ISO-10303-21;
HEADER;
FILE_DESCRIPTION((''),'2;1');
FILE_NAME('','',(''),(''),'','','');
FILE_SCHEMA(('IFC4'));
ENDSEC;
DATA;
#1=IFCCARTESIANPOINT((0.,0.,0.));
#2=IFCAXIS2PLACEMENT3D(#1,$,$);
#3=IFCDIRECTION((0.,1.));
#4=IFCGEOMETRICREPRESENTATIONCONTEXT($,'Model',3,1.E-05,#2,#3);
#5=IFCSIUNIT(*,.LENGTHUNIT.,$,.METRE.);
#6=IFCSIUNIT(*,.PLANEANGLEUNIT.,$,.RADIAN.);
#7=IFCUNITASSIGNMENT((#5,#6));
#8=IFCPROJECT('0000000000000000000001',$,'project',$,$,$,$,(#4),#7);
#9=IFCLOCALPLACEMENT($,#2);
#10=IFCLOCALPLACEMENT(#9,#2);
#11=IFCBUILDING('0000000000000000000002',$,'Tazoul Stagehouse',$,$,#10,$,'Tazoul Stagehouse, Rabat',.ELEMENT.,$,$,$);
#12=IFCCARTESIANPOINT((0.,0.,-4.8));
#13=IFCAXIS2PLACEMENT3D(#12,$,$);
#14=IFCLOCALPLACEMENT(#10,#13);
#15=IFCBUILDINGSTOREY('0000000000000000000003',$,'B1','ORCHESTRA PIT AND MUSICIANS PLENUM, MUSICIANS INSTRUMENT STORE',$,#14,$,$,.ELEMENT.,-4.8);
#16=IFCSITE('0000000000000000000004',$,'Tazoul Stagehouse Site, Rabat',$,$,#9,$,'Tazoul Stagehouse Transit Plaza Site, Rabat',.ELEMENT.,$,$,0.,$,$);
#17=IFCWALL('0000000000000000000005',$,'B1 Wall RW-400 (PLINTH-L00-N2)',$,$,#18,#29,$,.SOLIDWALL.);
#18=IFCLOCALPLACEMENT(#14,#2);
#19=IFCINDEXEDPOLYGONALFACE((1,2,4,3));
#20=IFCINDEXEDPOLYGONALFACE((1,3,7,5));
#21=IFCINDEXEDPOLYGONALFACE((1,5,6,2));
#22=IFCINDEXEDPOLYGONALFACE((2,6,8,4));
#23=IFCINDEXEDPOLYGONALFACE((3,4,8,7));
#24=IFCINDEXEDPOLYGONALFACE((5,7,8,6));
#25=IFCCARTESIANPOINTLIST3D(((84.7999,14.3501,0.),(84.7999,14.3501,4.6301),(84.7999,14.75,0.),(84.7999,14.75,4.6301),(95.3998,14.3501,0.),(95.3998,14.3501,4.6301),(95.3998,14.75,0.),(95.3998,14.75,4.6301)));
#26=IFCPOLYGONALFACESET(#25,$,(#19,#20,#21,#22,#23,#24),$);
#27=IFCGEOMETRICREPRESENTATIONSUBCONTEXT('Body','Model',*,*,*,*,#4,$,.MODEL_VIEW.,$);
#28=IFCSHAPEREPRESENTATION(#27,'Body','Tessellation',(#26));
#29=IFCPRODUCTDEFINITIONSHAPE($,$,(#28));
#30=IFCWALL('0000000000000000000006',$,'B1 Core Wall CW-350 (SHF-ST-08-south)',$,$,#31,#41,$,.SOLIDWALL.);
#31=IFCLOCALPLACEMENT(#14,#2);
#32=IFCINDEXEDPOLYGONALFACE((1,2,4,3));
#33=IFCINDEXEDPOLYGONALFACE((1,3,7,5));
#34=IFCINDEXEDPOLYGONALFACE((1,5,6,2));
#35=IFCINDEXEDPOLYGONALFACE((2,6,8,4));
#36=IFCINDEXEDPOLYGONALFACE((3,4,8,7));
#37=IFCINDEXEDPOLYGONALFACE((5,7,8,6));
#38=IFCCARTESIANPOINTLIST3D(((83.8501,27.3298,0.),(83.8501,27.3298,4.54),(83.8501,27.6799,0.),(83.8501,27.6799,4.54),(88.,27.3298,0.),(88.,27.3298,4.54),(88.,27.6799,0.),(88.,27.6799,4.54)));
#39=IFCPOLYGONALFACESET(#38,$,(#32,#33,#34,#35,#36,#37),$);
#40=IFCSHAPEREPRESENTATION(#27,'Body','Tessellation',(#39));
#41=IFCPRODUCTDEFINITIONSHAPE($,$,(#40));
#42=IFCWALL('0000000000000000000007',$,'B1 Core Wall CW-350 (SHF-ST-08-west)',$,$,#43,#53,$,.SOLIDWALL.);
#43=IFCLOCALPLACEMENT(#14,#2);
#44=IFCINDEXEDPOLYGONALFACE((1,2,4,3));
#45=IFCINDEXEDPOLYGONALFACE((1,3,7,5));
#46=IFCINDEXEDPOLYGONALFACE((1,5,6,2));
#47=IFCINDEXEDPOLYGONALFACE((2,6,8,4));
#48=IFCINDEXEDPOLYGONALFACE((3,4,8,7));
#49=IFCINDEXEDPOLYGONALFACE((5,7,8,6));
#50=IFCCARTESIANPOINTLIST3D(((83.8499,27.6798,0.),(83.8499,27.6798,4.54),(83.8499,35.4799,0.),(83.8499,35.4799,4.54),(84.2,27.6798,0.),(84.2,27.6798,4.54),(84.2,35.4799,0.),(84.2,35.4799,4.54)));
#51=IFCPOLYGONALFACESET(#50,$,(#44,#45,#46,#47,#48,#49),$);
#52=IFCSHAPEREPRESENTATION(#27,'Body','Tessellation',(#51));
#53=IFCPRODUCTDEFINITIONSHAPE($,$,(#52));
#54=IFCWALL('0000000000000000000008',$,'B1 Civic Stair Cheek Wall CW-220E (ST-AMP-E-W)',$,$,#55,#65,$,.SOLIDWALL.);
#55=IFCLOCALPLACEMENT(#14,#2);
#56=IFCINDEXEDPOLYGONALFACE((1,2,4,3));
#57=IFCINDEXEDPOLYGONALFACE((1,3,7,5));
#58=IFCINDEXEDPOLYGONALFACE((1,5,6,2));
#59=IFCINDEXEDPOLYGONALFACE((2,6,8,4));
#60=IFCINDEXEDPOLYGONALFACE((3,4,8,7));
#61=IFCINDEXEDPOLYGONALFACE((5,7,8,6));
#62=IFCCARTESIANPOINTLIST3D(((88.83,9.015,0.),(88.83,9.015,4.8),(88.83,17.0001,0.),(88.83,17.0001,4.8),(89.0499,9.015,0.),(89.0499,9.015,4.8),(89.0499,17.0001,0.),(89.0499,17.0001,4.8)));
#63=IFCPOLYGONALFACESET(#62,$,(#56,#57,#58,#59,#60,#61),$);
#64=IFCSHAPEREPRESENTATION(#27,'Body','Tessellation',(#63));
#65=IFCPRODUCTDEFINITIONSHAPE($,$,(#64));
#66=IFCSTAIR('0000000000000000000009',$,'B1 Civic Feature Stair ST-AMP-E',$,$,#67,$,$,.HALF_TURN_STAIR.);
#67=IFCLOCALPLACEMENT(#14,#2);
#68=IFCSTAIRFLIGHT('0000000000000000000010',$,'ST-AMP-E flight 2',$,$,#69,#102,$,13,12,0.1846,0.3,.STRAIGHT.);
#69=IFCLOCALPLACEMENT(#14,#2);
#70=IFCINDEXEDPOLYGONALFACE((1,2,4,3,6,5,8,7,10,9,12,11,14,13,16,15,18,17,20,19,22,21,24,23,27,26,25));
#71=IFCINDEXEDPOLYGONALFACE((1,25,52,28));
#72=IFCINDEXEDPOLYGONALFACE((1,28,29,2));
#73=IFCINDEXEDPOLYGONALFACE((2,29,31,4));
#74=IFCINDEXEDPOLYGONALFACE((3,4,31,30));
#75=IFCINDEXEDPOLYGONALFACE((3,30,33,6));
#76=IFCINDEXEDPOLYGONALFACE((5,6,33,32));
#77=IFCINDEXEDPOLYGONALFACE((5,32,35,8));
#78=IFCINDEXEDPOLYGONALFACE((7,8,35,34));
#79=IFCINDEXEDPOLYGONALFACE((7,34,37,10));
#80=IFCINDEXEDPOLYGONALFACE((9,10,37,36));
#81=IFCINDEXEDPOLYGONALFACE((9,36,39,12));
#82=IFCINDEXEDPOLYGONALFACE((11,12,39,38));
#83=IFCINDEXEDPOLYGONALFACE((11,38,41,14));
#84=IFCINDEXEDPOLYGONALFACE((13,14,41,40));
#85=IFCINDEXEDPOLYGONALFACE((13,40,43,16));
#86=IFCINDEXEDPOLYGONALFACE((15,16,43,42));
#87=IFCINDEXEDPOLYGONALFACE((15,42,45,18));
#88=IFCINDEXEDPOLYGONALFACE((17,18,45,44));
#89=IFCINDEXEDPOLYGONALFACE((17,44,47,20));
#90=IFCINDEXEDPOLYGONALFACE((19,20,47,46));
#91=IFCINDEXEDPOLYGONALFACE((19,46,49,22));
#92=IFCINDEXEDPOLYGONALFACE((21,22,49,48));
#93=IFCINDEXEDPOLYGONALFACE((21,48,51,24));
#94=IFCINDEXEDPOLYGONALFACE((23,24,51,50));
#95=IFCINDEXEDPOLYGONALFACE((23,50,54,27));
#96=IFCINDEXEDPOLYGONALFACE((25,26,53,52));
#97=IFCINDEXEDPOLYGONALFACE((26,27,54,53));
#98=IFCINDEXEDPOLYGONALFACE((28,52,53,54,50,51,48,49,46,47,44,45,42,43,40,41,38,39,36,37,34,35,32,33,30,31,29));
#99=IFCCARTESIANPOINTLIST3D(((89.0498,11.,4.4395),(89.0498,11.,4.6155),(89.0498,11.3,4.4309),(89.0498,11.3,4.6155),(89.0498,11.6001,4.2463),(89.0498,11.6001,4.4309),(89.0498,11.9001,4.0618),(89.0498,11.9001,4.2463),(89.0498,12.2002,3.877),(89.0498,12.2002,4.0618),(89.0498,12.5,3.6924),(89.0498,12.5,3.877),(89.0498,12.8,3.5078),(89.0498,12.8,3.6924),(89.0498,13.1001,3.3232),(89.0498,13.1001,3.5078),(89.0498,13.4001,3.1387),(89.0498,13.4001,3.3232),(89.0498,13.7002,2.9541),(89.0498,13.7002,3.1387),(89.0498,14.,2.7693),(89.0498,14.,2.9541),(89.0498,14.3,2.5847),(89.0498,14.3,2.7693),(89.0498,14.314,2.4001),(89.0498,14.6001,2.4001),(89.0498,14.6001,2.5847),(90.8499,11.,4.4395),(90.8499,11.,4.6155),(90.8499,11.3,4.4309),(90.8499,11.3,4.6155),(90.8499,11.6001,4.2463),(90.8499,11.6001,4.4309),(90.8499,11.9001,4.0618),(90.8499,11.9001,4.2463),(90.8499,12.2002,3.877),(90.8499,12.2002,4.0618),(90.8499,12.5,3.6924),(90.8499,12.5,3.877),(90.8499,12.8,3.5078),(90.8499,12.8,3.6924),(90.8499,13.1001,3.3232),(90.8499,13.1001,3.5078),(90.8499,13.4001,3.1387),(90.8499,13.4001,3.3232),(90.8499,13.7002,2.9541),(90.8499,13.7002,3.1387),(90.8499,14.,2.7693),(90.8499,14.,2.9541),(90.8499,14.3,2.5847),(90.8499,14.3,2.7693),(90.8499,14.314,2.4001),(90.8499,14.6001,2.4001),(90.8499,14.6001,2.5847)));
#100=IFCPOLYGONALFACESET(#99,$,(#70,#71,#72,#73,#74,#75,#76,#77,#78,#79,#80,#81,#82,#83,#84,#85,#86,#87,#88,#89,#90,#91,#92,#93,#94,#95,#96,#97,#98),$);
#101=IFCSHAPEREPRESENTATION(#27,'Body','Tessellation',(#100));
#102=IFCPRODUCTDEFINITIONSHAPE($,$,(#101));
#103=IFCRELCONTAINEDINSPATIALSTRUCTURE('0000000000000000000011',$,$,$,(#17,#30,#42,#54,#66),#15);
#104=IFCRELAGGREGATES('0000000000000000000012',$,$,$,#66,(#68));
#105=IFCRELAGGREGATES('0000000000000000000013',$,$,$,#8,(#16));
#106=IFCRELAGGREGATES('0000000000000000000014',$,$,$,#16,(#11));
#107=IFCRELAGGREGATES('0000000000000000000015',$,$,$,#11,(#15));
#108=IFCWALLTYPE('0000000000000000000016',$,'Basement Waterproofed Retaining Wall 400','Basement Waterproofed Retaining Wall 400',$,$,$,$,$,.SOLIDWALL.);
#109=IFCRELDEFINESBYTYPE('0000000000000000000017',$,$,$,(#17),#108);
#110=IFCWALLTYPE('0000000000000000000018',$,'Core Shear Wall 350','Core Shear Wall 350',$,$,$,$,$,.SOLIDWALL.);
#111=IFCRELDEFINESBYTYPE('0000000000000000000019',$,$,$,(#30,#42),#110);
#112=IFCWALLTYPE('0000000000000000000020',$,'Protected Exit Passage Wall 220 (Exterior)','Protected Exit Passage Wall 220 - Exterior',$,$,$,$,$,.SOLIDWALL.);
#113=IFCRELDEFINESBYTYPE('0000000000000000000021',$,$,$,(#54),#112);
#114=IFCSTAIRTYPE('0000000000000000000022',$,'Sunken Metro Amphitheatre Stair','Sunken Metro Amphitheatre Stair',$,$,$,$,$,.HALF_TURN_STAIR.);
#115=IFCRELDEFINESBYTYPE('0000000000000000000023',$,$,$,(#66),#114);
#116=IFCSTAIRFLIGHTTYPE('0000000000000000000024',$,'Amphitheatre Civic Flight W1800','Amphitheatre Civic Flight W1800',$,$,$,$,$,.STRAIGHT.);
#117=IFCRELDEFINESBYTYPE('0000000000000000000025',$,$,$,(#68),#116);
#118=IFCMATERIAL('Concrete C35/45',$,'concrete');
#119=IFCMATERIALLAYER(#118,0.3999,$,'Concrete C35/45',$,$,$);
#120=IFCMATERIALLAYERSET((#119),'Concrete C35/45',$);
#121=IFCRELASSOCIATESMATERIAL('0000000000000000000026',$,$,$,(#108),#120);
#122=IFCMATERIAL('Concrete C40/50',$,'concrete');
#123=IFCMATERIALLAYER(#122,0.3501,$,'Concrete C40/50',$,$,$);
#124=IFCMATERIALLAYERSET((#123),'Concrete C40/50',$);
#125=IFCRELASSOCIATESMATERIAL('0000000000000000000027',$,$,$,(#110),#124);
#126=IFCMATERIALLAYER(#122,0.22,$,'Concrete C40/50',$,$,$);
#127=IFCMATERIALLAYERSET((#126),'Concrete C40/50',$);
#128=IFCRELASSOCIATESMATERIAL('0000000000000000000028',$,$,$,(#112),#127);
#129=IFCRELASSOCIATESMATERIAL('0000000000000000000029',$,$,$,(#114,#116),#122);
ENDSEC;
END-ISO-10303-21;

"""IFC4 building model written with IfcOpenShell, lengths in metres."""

from ifc_helpers import new_model, si_unit, direction, frame, frame_2d, origin, place, context, subcontext, project, spatial, polyline, rectangle, outline, extrude, material, layer, layer_set, type_object, element, aggregate, save


model = new_model("IFC4")

# Units and contexts
model_context = context("Model", 3, precision=1e-05, world=origin(), true_north=direction((0.0, 1.0)))
body_context = subcontext(model_context, "Body", "Model", "MODEL_VIEW")
ifc_project = project(units=[si_unit("LENGTHUNIT", "METRE"), si_unit("PLANEANGLEUNIT", "RADIAN")], contexts=[model_context])

# Site, building, storey
site_placement = place(None, origin())
site = spatial("IfcSite", under=ifc_project, at=site_placement, Name="Tazoul Stagehouse Site, Rabat", LongName="Tazoul Stagehouse Transit Plaza Site, Rabat", CompositionType="ELEMENT", RefElevation=0.0)
building_placement = place(site_placement, origin())
building = spatial("IfcBuilding", under=site, at=building_placement, Name="Tazoul Stagehouse", LongName="Tazoul Stagehouse, Rabat", CompositionType="ELEMENT")
storey_placement = place(building_placement, frame((0.0, 0.0, -4.8)))
storey = spatial("IfcBuildingStorey", under=building, at=storey_placement, Name="B1", Description="ORCHESTRA PIT AND MUSICIANS PLENUM, MUSICIANS INSTRUMENT STORE", CompositionType="ELEMENT", Elevation=-4.8)

# Shared definitions
ifc_material_1 = material(Name="Concrete C35/45", Category="concrete")

# Shared definitions
ifc_material_2 = material(Name="Concrete C40/50", Category="concrete")

# Walls
ifc_layer_1 = layer(ifc_material_1, 0.3999, Name="Concrete C35/45")
ifc_layer_set_1 = layer_set([ifc_layer_1], Name="Concrete C35/45")
wall_type_1 = type_object("IfcWallType", Name="Basement Waterproofed Retaining Wall 400", Description="Basement Waterproofed Retaining Wall 400", PredefinedType="SOLIDWALL", material=ifc_layer_set_1)
wall_1_placement = place(storey_placement, frame((84.8, 14.55, 0.0), z_axis=(0.0, 0.0, 1.0), x_axis=(1.0, 0.0, 0.0)))
element("IfcWall", 1, at=wall_1_placement, inside=storey, type_object=wall_type_1, Name="B1 Wall RW-400 (PLINTH-L00-N2)", PredefinedType="SOLIDWALL", context=body_context, shape_type="SweptSolid", body=[
    extrude(rectangle(XDim=10.5999, YDim=0.3999, at=frame_2d((5.2998, 0.0))), origin(), (0.0, 0.0, 1.0), 4.6301),
])
ifc_layer_2 = layer(ifc_material_2, 0.3501, Name="Concrete C40/50")
ifc_layer_set_2 = layer_set([ifc_layer_2], Name="Concrete C40/50")
wall_type_2 = type_object("IfcWallType", Name="Core Shear Wall 350", Description="Core Shear Wall 350", PredefinedType="SOLIDWALL", material=ifc_layer_set_2)
wall_2_placement = place(storey_placement, frame((88.0, 27.5049, 0.0), z_axis=(0.0, 0.0, 1.0), x_axis=(-1.0, 0.0, 0.0)))
element("IfcWall", 2, at=wall_2_placement, inside=storey, type_object=wall_type_2, Name="B1 Core Wall CW-350 (SHF-ST-08-south)", PredefinedType="SOLIDWALL", context=body_context, shape_type="SweptSolid", body=[
    extrude(rectangle(XDim=4.1499, YDim=0.3501, at=frame_2d((2.075, 0.0))), origin(), (0.0, 0.0, 1.0), 4.54),
])
wall_3_placement = place(storey_placement, frame((84.0249, 27.6799, 0.0), z_axis=(0.0, 0.0, 1.0), x_axis=(0.0, 1.0, 0.0)))
element("IfcWall", 3, at=wall_3_placement, inside=storey, type_object=wall_type_2, Name="B1 Core Wall CW-350 (SHF-ST-08-west)", PredefinedType="SOLIDWALL", context=body_context, shape_type="SweptSolid", body=[
    extrude(rectangle(XDim=7.8, YDim=0.3501, at=frame_2d((3.8999, 0.0))), origin(), (0.0, 0.0, 1.0), 4.54),
])
ifc_layer_3 = layer(ifc_material_2, 0.22, Name="Concrete C40/50")
ifc_layer_set_3 = layer_set([ifc_layer_3], Name="Concrete C40/50")
wall_type_3 = type_object("IfcWallType", Name="Protected Exit Passage Wall 220 (Exterior)", Description="Protected Exit Passage Wall 220 - Exterior", PredefinedType="SOLIDWALL", material=ifc_layer_set_3)
wall_4_placement = place(storey_placement, frame((88.9399, 9.0149, 0.0), z_axis=(0.0, 0.0, 1.0), x_axis=(0.0, 1.0, 0.0)))
element("IfcWall", 4, at=wall_4_placement, inside=storey, type_object=wall_type_3, Name="B1 Civic Stair Cheek Wall CW-220E (ST-AMP-E-W)", PredefinedType="SOLIDWALL", context=body_context, shape_type="SweptSolid", body=[
    extrude(rectangle(XDim=7.9851, YDim=0.22, at=frame_2d((3.9927, 0.0))), origin(), (0.0, 0.0, 1.0), 4.8),
])

# Stair, stair flight
stair_type = type_object("IfcStairType", Name="Sunken Metro Amphitheatre Stair", Description="Sunken Metro Amphitheatre Stair", PredefinedType="HALF_TURN_STAIR", material=ifc_material_2)
stair_placement = place(storey_placement, origin())
stair = element("IfcStair", 5, at=stair_placement, inside=storey, type_object=stair_type, Name="B1 Civic Feature Stair ST-AMP-E", PredefinedType="HALF_TURN_STAIR")
stair_flight_type = type_object("IfcStairFlightType", Name="Amphitheatre Civic Flight W1800", Description="Amphitheatre Civic Flight W1800", PredefinedType="STRAIGHT", material=ifc_material_2)
stair_flight_placement = place(storey_placement, frame((89.95, 14.6001, 2.4001), z_axis=(0.0, 0.0, 1.0), x_axis=(0.0, -1.0, 0.0)))
stair_flight = element("IfcStairFlight", 6, at=stair_flight_placement, type_object=stair_flight_type, Name="ST-AMP-E flight 2", NumberOfRisers=13, NumberOfTreads=12, PredefinedType="STRAIGHT", RiserHeight=0.1846, TreadLength=0.3, context=body_context, shape_type="SweptSolid", body=[
    extrude(outline(polyline([(0.0, 0.0), (0.0, 0.1846), (0.3, 0.1846), (0.3, 0.3691), (0.6001, 0.3691), (0.6001, 0.554), (0.8999, 0.554), (0.8999, 0.7385), (1.2, 0.7385), (1.2, 0.9231), (1.5, 0.9231), (1.5, 1.1077), (1.8, 1.1077), (1.8, 1.2922), (2.1001, 1.2922), (2.1001, 1.4768), (2.3999, 1.4768), (2.3999, 1.6616), (2.7, 1.6616), (2.7, 1.8462), (3.0, 1.8462), (3.0, 2.0308), (3.3, 2.0308), (3.3, 2.2153), (3.6001, 2.2153), (3.6001, 2.3999), (3.6001, 2.0393), (0.2861, 0.0), (0.0, 0.0)])), frame((0.0, 0.8999, 0.0), z_axis=(0.0, -1.0, 0.0), x_axis=(1.0, 0.0, 0.0)), (0.0, 0.0, 1.0), 1.8),
])
aggregate(stair, [stair_flight])

save(model, "model.ifc")
